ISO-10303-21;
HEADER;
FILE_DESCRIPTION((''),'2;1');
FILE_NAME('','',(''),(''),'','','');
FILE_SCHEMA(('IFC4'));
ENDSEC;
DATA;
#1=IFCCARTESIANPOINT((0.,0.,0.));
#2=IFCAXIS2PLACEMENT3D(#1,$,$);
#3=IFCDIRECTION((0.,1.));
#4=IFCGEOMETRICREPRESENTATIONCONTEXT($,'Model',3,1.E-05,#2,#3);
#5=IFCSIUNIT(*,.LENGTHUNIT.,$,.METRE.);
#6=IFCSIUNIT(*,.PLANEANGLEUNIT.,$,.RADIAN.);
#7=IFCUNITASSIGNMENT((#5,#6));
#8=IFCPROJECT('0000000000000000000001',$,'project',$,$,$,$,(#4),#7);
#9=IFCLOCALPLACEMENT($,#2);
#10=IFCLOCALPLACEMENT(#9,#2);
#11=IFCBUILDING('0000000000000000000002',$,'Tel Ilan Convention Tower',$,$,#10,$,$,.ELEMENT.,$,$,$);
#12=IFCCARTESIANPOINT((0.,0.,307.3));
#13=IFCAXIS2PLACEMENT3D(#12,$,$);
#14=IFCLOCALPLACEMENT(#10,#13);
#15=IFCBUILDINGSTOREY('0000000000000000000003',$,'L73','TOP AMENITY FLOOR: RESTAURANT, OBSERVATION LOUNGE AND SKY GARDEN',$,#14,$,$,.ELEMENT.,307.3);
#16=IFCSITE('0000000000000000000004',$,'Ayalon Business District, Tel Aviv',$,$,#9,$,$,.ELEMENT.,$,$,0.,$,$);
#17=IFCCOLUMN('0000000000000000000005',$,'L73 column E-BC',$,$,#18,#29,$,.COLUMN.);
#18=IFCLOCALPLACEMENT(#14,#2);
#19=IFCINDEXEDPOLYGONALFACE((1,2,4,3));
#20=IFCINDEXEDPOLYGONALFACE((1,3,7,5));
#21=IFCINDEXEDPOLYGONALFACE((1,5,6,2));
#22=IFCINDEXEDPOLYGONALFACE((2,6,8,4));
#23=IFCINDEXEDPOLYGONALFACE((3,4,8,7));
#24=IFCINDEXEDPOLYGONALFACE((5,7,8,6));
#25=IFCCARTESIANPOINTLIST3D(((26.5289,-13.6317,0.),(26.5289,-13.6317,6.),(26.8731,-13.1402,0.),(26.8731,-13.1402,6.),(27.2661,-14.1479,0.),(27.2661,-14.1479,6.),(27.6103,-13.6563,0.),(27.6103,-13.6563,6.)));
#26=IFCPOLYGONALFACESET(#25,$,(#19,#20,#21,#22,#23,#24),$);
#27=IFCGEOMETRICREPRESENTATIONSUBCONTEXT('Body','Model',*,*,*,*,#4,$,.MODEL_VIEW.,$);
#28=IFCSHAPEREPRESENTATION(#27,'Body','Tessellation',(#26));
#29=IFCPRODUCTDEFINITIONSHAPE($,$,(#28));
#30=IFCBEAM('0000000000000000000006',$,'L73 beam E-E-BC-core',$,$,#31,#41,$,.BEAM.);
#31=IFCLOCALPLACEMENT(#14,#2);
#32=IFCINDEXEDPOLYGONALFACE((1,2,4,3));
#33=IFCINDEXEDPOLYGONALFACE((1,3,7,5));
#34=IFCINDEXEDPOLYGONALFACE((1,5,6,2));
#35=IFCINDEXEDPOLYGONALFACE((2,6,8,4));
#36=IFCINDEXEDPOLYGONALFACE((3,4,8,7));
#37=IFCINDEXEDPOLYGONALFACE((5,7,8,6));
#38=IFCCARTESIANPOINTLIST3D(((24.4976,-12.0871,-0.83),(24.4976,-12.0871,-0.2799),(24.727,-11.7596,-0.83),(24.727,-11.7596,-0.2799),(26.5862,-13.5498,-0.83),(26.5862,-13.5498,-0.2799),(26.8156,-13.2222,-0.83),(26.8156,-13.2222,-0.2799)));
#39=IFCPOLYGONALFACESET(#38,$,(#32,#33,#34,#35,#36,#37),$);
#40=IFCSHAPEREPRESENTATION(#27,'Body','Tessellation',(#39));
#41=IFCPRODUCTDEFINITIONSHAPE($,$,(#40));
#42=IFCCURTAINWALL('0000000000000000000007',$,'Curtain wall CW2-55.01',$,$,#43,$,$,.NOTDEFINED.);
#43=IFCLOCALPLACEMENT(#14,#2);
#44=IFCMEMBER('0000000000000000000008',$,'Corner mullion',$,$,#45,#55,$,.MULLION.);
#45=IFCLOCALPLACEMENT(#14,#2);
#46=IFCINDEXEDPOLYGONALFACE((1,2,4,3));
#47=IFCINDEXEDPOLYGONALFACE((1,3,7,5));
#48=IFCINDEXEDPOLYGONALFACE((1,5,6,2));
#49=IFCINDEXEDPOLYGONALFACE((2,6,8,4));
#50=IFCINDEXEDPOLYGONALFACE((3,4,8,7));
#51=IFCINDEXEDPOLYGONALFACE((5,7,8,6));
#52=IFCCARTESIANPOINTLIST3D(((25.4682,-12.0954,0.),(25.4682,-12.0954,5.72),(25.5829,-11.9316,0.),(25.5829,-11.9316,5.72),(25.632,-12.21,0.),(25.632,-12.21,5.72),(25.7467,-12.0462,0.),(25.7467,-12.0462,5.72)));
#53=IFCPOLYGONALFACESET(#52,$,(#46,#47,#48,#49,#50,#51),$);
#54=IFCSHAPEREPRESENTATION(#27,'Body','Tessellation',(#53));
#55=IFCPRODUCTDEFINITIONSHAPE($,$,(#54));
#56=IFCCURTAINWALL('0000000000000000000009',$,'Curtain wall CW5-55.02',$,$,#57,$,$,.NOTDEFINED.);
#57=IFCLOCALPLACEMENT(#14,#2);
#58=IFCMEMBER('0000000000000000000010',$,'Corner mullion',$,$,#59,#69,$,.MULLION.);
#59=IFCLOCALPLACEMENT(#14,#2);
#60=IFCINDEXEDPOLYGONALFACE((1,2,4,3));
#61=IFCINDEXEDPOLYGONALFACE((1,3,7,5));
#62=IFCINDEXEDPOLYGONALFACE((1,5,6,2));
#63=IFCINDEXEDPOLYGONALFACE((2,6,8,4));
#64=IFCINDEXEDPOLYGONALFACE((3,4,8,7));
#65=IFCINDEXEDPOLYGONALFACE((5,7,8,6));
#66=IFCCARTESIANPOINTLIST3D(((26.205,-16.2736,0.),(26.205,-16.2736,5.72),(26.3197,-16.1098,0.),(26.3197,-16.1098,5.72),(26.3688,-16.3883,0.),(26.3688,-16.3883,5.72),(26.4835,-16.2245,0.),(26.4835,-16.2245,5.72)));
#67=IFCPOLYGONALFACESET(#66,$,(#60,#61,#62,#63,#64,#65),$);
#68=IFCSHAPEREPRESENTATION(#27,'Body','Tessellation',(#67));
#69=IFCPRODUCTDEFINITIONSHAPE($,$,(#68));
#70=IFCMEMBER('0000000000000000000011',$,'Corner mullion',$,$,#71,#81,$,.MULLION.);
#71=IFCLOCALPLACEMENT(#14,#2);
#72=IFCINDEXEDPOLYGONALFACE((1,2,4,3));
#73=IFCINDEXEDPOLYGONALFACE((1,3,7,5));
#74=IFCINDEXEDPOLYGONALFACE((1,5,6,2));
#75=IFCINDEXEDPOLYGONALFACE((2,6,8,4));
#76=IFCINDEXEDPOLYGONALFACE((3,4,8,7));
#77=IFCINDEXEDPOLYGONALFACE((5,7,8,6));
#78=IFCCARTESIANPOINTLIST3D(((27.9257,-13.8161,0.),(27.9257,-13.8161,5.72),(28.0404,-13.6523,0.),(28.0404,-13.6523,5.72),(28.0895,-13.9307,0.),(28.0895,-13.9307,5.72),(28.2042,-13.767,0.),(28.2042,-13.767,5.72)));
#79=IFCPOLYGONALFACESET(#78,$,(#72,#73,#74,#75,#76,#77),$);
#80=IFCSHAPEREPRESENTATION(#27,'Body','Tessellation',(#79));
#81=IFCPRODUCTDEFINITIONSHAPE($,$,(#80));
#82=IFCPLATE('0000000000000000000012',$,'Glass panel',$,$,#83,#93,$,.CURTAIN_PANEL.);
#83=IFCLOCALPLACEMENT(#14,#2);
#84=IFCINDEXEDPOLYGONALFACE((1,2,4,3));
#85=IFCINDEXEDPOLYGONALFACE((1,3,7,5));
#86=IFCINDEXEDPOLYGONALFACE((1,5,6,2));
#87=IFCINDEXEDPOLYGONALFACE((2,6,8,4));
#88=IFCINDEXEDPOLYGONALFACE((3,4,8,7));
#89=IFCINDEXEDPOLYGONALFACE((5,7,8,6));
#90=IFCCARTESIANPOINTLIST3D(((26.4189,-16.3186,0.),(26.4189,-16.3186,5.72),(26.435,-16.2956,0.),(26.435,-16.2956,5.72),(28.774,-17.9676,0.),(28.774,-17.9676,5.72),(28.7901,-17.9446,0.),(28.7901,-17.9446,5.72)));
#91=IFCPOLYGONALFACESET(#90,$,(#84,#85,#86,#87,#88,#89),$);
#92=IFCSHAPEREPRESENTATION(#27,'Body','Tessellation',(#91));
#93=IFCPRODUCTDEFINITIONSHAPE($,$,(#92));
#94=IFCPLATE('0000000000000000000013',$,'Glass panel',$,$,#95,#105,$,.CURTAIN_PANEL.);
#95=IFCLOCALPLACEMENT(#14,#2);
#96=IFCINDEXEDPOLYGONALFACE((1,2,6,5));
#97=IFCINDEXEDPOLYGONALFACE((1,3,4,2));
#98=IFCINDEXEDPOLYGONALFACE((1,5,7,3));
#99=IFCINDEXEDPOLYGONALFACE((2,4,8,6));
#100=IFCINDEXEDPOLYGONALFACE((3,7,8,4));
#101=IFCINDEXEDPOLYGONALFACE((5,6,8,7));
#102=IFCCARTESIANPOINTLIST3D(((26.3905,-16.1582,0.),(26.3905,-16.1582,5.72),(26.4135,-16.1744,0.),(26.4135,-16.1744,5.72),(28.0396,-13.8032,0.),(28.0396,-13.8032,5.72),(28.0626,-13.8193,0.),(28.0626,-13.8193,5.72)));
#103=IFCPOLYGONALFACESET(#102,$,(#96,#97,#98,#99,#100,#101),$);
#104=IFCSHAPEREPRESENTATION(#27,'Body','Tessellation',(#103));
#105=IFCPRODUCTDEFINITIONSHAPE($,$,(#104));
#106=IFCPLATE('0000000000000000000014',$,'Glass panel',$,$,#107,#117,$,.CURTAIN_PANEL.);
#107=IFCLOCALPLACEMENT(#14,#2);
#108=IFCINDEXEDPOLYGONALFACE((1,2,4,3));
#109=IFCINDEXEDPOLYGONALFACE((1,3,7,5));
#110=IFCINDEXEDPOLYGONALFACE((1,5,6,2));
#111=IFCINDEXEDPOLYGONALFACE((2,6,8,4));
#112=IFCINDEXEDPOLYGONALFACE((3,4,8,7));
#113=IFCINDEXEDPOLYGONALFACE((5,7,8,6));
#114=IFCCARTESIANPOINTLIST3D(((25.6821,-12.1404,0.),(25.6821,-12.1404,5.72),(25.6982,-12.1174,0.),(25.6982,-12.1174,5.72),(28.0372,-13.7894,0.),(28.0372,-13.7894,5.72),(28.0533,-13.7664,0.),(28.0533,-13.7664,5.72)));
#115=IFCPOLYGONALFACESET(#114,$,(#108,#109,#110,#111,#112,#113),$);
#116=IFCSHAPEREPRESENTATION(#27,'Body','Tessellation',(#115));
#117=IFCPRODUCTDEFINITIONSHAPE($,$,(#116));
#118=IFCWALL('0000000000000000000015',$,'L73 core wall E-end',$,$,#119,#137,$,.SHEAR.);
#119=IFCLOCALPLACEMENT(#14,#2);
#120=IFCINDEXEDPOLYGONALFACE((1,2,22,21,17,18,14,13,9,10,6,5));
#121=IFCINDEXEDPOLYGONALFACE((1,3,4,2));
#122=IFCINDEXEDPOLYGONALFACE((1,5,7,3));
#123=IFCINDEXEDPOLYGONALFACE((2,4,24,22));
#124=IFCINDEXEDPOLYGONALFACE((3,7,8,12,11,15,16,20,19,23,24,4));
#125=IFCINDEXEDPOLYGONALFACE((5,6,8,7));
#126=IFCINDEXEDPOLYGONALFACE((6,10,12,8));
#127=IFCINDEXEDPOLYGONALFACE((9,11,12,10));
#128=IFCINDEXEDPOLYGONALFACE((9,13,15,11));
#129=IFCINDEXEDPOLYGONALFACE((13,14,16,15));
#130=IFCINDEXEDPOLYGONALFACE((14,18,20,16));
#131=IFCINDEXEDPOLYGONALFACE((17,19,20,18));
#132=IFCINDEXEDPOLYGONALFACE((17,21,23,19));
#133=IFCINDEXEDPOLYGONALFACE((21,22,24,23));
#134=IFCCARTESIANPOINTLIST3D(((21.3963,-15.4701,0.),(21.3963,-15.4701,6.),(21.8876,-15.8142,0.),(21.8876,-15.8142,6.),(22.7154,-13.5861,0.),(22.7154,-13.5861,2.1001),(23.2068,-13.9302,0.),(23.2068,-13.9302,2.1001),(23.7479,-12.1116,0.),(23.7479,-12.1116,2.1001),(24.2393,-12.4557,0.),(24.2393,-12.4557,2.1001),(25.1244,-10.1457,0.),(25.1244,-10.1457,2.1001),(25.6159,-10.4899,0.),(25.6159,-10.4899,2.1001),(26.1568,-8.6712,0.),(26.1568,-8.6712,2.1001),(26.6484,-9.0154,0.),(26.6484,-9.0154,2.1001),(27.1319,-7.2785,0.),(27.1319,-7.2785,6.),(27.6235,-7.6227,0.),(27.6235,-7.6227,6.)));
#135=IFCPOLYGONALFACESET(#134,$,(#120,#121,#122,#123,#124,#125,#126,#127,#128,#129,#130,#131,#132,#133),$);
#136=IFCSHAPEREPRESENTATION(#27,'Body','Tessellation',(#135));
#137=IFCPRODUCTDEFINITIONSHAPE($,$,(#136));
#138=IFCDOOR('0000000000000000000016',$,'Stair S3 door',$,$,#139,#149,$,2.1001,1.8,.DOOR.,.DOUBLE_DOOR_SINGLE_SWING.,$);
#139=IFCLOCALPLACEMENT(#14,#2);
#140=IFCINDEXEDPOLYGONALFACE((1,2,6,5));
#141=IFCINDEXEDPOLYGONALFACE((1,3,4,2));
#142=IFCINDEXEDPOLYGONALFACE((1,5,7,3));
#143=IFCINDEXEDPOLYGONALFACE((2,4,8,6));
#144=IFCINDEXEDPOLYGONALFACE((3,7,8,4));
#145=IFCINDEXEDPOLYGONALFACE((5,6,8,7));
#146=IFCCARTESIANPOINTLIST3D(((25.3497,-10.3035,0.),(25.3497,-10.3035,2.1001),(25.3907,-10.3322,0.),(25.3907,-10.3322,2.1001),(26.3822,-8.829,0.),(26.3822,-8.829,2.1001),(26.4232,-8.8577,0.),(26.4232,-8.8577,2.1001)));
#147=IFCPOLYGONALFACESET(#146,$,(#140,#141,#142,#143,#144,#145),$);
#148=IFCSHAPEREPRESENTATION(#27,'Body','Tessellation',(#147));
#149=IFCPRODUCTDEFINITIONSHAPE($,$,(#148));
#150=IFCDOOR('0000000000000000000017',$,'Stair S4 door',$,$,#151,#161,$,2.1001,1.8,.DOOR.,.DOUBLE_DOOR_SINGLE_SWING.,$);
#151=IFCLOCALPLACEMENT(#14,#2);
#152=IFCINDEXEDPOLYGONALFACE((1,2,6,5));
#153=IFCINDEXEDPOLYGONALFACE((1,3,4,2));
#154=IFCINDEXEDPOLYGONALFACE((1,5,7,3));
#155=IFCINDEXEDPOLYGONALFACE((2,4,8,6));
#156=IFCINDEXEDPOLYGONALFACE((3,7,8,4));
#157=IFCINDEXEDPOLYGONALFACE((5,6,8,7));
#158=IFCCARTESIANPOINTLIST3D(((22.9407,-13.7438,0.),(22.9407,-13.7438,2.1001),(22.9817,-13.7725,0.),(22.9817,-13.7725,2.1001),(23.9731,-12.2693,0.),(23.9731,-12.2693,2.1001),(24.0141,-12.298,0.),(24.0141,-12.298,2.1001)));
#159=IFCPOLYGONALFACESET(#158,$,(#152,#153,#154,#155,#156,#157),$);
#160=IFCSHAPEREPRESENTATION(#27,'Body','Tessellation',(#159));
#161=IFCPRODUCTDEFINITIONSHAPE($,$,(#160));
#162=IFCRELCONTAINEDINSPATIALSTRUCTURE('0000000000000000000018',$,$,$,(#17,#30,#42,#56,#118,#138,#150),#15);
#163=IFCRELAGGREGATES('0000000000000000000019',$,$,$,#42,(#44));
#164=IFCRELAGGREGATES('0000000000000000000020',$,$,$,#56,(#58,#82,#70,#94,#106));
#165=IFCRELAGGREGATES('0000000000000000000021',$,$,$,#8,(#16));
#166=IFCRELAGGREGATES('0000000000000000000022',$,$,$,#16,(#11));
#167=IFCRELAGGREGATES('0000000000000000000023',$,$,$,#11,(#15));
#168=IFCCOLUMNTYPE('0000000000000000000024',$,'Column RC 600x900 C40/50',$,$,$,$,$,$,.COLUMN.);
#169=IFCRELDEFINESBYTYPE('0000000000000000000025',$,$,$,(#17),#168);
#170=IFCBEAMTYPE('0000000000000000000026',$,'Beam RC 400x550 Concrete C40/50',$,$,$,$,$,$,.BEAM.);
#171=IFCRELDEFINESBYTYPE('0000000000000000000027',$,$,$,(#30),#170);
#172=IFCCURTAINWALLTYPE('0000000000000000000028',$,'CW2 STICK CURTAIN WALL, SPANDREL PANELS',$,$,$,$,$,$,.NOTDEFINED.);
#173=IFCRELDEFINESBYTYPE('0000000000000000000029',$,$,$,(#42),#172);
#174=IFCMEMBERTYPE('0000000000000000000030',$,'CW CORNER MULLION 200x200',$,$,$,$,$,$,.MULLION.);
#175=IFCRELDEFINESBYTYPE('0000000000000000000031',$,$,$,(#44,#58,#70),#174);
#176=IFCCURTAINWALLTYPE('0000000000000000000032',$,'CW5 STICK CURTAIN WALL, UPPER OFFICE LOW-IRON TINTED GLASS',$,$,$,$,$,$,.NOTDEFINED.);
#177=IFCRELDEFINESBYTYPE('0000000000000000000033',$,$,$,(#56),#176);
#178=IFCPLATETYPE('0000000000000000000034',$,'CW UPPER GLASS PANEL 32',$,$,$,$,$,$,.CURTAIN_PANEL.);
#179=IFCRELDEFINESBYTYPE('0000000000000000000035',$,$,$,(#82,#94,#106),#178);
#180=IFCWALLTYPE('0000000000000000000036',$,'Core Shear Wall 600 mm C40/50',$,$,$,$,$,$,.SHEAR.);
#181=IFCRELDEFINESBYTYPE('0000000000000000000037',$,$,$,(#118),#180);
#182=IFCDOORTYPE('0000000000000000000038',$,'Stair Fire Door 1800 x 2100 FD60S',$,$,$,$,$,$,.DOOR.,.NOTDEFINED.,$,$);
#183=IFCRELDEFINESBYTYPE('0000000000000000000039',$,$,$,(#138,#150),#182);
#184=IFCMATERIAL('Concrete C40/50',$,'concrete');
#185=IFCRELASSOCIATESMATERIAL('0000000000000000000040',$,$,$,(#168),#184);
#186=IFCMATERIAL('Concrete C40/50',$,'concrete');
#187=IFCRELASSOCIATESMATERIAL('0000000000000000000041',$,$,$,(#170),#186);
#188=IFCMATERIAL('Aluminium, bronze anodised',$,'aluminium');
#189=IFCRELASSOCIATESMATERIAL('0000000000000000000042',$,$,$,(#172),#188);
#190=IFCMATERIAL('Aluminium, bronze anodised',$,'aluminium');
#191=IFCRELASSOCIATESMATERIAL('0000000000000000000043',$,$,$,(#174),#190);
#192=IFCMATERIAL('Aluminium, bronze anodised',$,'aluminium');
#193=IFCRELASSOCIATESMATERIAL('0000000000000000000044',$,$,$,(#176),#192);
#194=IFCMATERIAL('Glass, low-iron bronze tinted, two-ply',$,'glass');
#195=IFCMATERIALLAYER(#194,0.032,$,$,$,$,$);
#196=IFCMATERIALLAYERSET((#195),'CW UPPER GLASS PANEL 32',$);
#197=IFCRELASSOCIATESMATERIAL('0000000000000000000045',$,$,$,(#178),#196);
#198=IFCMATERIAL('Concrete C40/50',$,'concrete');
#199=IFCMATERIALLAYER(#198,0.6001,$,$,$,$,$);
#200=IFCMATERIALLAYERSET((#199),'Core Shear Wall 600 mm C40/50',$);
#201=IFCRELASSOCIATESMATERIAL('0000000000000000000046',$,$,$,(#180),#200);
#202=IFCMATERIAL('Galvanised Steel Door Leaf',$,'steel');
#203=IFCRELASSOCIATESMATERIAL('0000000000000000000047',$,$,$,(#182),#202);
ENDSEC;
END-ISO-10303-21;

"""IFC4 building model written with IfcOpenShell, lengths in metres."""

from ifc_helpers import new_model, si_unit, direction, frame, frame_2d, origin, origin_2d, place, context, subcontext, project, spatial, polyline, rectangle, outline, extrude, material, layer, layer_set, material_profile, profile_set, type_object, element, fill, aggregate, save


model = new_model("IFC4")

# Units and contexts
model_context = context("Model", 3, precision=1e-05, world=origin(), true_north=direction((0.0, 1.0)))
body_context = subcontext(model_context, "Body", "Model", "MODEL_VIEW")
ifc_project = project(units=[si_unit("LENGTHUNIT", "METRE"), si_unit("PLANEANGLEUNIT", "RADIAN")], contexts=[model_context])

# Site, building, storey
site_placement = place(None, origin())
site = spatial("IfcSite", under=ifc_project, at=site_placement, Name="Ayalon Business District, Tel Aviv", CompositionType="ELEMENT", RefElevation=0.0)
building_placement = place(site_placement, origin())
building = spatial("IfcBuilding", under=site, at=building_placement, Name="Tel Ilan Convention Tower", CompositionType="ELEMENT")
storey_placement = place(building_placement, frame((0.0, 0.0, 307.3)))
storey = spatial("IfcBuildingStorey", under=building, at=storey_placement, Name="L73", Description="TOP AMENITY FLOOR: RESTAURANT, OBSERVATION LOUNGE AND SKY GARDEN", CompositionType="ELEMENT", Elevation=307.3)

# Column
ifc_material_1 = material(Name="Concrete C40/50", Category="concrete")
ifc_material_profile_1 = material_profile(ifc_material_1, rectangle(XDim=0.8999, YDim=0.6001, at=origin_2d()), Name="RC 600x900")
ifc_profile_set_1 = profile_set([ifc_material_profile_1], Name="Concrete C40/50")
column_type = type_object("IfcColumnType", Name="Column RC 600x900 C40/50", PredefinedType="COLUMN", material=ifc_profile_set_1)
column_placement = place(storey_placement, frame((27.0696, -13.644, 0.0), z_axis=(0.0, 0.0, 1.0), x_axis=(0.819152, -0.573576, 0.0)))
element("IfcColumn", 1, at=column_placement, inside=storey, type_object=column_type, Name="L73 column E-BC", PredefinedType="COLUMN", context=body_context, shape_type="SweptSolid", body=[
    extrude(rectangle(XDim=0.8999, YDim=0.6001, at=origin_2d()), origin(), (0.0, 0.0, 1.0), 6.0),
])

# Beam
ifc_material_2 = material(Name="Concrete C40/50", Category="concrete")
ifc_material_profile_2 = material_profile(ifc_material_2, rectangle(XDim=0.3999, YDim=0.55, at=origin_2d()), Name="RC 400x550")
ifc_profile_set_2 = profile_set([ifc_material_profile_2], Name="Concrete C40/50")
beam_type = type_object("IfcBeamType", Name="Beam RC 400x550 Concrete C40/50", PredefinedType="BEAM", material=ifc_profile_set_2)
beam_placement = place(storey_placement, frame((26.7009, -13.386, -0.5549), z_axis=(-0.819119, 0.573623, 0.0), x_axis=(-0.573623, -0.819119, 0.0)))
element("IfcBeam", 2, at=beam_placement, inside=storey, type_object=beam_type, Name="L73 beam E-E-BC-core", PredefinedType="BEAM", context=body_context, shape_type="SweptSolid", body=[
    extrude(rectangle(XDim=0.3999, YDim=0.55, at=origin_2d()), origin(), (0.0, 0.0, 1.0), 2.5498),
])

# Curtain wall, member
ifc_material_3 = material(Name="Aluminium, bronze anodised", Category="aluminium")
curtain_wall_type_1 = type_object("IfcCurtainWallType", Name="CW2 STICK CURTAIN WALL, SPANDREL PANELS", PredefinedType="NOTDEFINED", material=ifc_material_3)
curtain_wall_1_placement = place(storey_placement, origin())
curtain_wall_1 = element("IfcCurtainWall", 3, at=curtain_wall_1_placement, inside=storey, type_object=curtain_wall_type_1, Name="Curtain wall CW2-55.01", PredefinedType="NOTDEFINED")
ifc_material_4 = material(Name="Aluminium, bronze anodised", Category="aluminium")
ifc_material_profile_3 = material_profile(ifc_material_4, rectangle(XDim=0.2, YDim=0.2, at=origin_2d()), Name="CW CORNER MULLION 200x200")
ifc_profile_set_3 = profile_set([ifc_material_profile_3], Name="Aluminium, bronze anodised")
member_type = type_object("IfcMemberType", Name="CW CORNER MULLION 200x200", PredefinedType="MULLION", material=ifc_profile_set_3)
member_1_placement = place(storey_placement, frame((25.6074, -12.0708, 0.0), z_axis=(0.0, 0.0, 1.0), x_axis=(-0.819152, 0.573576, 0.0)))
member_1 = element("IfcMember", 4, at=member_1_placement, type_object=member_type, Name="Corner mullion", PredefinedType="MULLION", context=body_context, shape_type="SweptSolid", body=[
    extrude(rectangle(XDim=0.2, YDim=0.2, at=origin_2d()), origin(), (0.0, 0.0, 1.0), 5.72),
])
aggregate(curtain_wall_1, [member_1])

# Curtain wall, members, plates
ifc_material_5 = material(Name="Aluminium, bronze anodised", Category="aluminium")
curtain_wall_type_2 = type_object("IfcCurtainWallType", Name="CW5 STICK CURTAIN WALL, UPPER OFFICE LOW-IRON TINTED GLASS", PredefinedType="NOTDEFINED", material=ifc_material_5)
curtain_wall_2_placement = place(storey_placement, origin())
curtain_wall_2 = element("IfcCurtainWall", 5, at=curtain_wall_2_placement, inside=storey, type_object=curtain_wall_type_2, Name="Curtain wall CW5-55.02", PredefinedType="NOTDEFINED")
member_2_placement = place(storey_placement, frame((26.3442, -16.249, 0.0), z_axis=(0.0, 0.0, 1.0), x_axis=(-0.819152, 0.573576, 0.0)))
member_2 = element("IfcMember", 6, at=member_2_placement, type_object=member_type, Name="Corner mullion", PredefinedType="MULLION", context=body_context, shape_type="SweptSolid", body=[
    extrude(rectangle(XDim=0.2, YDim=0.2, at=origin_2d()), origin(), (0.0, 0.0, 1.0), 5.72),
])
member_3_placement = place(storey_placement, frame((28.0649, -13.7915, 0.0), z_axis=(0.0, 0.0, 1.0), x_axis=(0.573576, 0.819152, 0.0)))
member_3 = element("IfcMember", 7, at=member_3_placement, type_object=member_type, Name="Corner mullion", PredefinedType="MULLION", context=body_context, shape_type="SweptSolid", body=[
    extrude(rectangle(XDim=0.2, YDim=0.2, at=origin_2d()), origin(), (0.0, 0.0, 1.0), 5.72),
])
ifc_material_6 = material(Name="Glass, low-iron bronze tinted, two-ply", Category="glass")
ifc_layer_1 = layer(ifc_material_6, 0.032)
ifc_layer_set_1 = layer_set([ifc_layer_1], Name="CW UPPER GLASS PANEL 32")
plate_type = type_object("IfcPlateType", Name="CW UPPER GLASS PANEL 32", PredefinedType="CURTAIN_PANEL", material=ifc_layer_set_1)
plate_1_placement = place(storey_placement, frame((27.6045, -17.1316, 0.0), z_axis=(0.0, 0.0, 1.0), x_axis=(-0.819152, 0.573576, 0.0)))
plate_1 = element("IfcPlate", 8, at=plate_1_placement, type_object=plate_type, Name="Glass panel", PredefinedType="CURTAIN_PANEL", context=body_context, shape_type="SweptSolid", body=[
    extrude(rectangle(XDim=2.875, YDim=0.0281, at=origin_2d()), origin(), (0.0, 0.0, 1.0), 5.72),
])
plate_2_placement = place(storey_placement, frame((27.2266, -14.9888, 0.0), z_axis=(0.0, 0.0, 1.0), x_axis=(0.573576, 0.819152, 0.0)))
plate_2 = element("IfcPlate", 9, at=plate_2_placement, type_object=plate_type, Name="Glass panel", PredefinedType="CURTAIN_PANEL", context=body_context, shape_type="SweptSolid", body=[
    extrude(rectangle(XDim=2.875, YDim=0.0281, at=origin_2d()), origin(), (0.0, 0.0, 1.0), 5.72),
])
plate_3_placement = place(storey_placement, frame((26.8677, -12.9534, 0.0), z_axis=(0.0, 0.0, 1.0), x_axis=(-0.819152, 0.573576, 0.0)))
plate_3 = element("IfcPlate", 10, at=plate_3_placement, type_object=plate_type, Name="Glass panel", PredefinedType="CURTAIN_PANEL", context=body_context, shape_type="SweptSolid", body=[
    extrude(rectangle(XDim=2.875, YDim=0.0281, at=origin_2d()), origin(), (0.0, 0.0, 1.0), 5.72),
])
aggregate(curtain_wall_2, [member_2, plate_1, member_3, plate_2, plate_3])

# Wall, openings, doors
ifc_material_7 = material(Name="Concrete C40/50", Category="concrete")
ifc_layer_2 = layer(ifc_material_7, 0.6001)
ifc_layer_set_2 = layer_set([ifc_layer_2], Name="Core Shear Wall 600 mm C40/50")
wall_type_1 = type_object("IfcWallType", Name="Core Shear Wall 600 mm C40/50", PredefinedType="SHEAR", material=ifc_layer_set_2)
wall_1_placement = place(storey_placement, frame((21.6418, -15.6421, 0.0), z_axis=(0.0, 0.0, 1.0), x_axis=(0.573587, 0.819145, 0.0)))
wall_1 = element("IfcWall", 11, at=wall_1_placement, inside=storey, type_object=wall_type_1, Name="L73 core wall E-end", PredefinedType="SHEAR", context=body_context, shape_type="SweptSolid", body=[
    extrude(outline(polyline([(10.0, 0.3), (0.0, 0.2998), (0.0, -0.3), (10.0, -0.3), (10.0, 0.3)])), origin(), (0.0, 0.0, 1.0), 6.0),
])
opening_1_placement = place(wall_1_placement, frame((6.5, 0.0, 0.0)))
opening_1 = element("IfcOpeningElement", 12, at=opening_1_placement, cuts=wall_1, PredefinedType="OPENING", context=body_context, shape_type="SweptSolid", body=[
    extrude(rectangle(XDim=1.8, YDim=2.1001, at=frame_2d((0.8999, 1.05))), frame((0.0, 0.3101, 0.0), z_axis=(0.0, -1.0, 0.0), x_axis=(1.0, 0.0, 0.0)), (0.0, 0.0, 1.0), 0.6201),
])
opening_2_placement = place(wall_1_placement, frame((2.3, 0.0, 0.0)))
opening_2 = element("IfcOpeningElement", 13, at=opening_2_placement, cuts=wall_1, PredefinedType="OPENING", context=body_context, shape_type="SweptSolid", body=[
    extrude(rectangle(XDim=1.8, YDim=2.1001, at=frame_2d((0.8999, 1.05))), frame((0.0, 0.3101, 0.0), z_axis=(0.0, -1.0, 0.0), x_axis=(1.0, 0.0, 0.0)), (0.0, 0.0, 1.0), 0.6201),
])
ifc_material_8 = material(Name="Galvanised Steel Door Leaf", Category="steel")
door_type_1 = type_object("IfcDoorType", Name="Stair Fire Door 1800 x 2100 FD60S", OperationType="NOTDEFINED", PredefinedType="DOOR", material=ifc_material_8)
door_1_placement = place(opening_1_placement, origin())
door_1 = element("IfcDoor", 14, at=door_1_placement, inside=storey, type_object=door_type_1, Name="Stair S3 door", OperationType="DOUBLE_DOOR_SINGLE_SWING", OverallHeight=2.1001, OverallWidth=1.8, PredefinedType="DOOR", context=body_context, shape_type="SweptSolid", body=[
    extrude(rectangle(XDim=1.8, YDim=2.1001, at=frame_2d((0.8999, 1.05))), frame((0.0, 0.0249, 0.0), z_axis=(0.0, -1.0, 0.0), x_axis=(1.0, 0.0, 0.0)), (0.0, 0.0, 1.0), 0.05),
])
fill(opening_1, door_1)
door_2_placement = place(opening_2_placement, origin())
door_2 = element("IfcDoor", 15, at=door_2_placement, inside=storey, type_object=door_type_1, Name="Stair S4 door", OperationType="DOUBLE_DOOR_SINGLE_SWING", OverallHeight=2.1001, OverallWidth=1.8, PredefinedType="DOOR", context=body_context, shape_type="SweptSolid", body=[
    extrude(rectangle(XDim=1.8, YDim=2.1001, at=frame_2d((0.8999, 1.05))), frame((0.0, 0.0249, 0.0), z_axis=(0.0, -1.0, 0.0), x_axis=(1.0, 0.0, 0.0)), (0.0, 0.0, 1.0), 0.05),
])
fill(opening_2, door_2)

save(model, "model.ifc")
